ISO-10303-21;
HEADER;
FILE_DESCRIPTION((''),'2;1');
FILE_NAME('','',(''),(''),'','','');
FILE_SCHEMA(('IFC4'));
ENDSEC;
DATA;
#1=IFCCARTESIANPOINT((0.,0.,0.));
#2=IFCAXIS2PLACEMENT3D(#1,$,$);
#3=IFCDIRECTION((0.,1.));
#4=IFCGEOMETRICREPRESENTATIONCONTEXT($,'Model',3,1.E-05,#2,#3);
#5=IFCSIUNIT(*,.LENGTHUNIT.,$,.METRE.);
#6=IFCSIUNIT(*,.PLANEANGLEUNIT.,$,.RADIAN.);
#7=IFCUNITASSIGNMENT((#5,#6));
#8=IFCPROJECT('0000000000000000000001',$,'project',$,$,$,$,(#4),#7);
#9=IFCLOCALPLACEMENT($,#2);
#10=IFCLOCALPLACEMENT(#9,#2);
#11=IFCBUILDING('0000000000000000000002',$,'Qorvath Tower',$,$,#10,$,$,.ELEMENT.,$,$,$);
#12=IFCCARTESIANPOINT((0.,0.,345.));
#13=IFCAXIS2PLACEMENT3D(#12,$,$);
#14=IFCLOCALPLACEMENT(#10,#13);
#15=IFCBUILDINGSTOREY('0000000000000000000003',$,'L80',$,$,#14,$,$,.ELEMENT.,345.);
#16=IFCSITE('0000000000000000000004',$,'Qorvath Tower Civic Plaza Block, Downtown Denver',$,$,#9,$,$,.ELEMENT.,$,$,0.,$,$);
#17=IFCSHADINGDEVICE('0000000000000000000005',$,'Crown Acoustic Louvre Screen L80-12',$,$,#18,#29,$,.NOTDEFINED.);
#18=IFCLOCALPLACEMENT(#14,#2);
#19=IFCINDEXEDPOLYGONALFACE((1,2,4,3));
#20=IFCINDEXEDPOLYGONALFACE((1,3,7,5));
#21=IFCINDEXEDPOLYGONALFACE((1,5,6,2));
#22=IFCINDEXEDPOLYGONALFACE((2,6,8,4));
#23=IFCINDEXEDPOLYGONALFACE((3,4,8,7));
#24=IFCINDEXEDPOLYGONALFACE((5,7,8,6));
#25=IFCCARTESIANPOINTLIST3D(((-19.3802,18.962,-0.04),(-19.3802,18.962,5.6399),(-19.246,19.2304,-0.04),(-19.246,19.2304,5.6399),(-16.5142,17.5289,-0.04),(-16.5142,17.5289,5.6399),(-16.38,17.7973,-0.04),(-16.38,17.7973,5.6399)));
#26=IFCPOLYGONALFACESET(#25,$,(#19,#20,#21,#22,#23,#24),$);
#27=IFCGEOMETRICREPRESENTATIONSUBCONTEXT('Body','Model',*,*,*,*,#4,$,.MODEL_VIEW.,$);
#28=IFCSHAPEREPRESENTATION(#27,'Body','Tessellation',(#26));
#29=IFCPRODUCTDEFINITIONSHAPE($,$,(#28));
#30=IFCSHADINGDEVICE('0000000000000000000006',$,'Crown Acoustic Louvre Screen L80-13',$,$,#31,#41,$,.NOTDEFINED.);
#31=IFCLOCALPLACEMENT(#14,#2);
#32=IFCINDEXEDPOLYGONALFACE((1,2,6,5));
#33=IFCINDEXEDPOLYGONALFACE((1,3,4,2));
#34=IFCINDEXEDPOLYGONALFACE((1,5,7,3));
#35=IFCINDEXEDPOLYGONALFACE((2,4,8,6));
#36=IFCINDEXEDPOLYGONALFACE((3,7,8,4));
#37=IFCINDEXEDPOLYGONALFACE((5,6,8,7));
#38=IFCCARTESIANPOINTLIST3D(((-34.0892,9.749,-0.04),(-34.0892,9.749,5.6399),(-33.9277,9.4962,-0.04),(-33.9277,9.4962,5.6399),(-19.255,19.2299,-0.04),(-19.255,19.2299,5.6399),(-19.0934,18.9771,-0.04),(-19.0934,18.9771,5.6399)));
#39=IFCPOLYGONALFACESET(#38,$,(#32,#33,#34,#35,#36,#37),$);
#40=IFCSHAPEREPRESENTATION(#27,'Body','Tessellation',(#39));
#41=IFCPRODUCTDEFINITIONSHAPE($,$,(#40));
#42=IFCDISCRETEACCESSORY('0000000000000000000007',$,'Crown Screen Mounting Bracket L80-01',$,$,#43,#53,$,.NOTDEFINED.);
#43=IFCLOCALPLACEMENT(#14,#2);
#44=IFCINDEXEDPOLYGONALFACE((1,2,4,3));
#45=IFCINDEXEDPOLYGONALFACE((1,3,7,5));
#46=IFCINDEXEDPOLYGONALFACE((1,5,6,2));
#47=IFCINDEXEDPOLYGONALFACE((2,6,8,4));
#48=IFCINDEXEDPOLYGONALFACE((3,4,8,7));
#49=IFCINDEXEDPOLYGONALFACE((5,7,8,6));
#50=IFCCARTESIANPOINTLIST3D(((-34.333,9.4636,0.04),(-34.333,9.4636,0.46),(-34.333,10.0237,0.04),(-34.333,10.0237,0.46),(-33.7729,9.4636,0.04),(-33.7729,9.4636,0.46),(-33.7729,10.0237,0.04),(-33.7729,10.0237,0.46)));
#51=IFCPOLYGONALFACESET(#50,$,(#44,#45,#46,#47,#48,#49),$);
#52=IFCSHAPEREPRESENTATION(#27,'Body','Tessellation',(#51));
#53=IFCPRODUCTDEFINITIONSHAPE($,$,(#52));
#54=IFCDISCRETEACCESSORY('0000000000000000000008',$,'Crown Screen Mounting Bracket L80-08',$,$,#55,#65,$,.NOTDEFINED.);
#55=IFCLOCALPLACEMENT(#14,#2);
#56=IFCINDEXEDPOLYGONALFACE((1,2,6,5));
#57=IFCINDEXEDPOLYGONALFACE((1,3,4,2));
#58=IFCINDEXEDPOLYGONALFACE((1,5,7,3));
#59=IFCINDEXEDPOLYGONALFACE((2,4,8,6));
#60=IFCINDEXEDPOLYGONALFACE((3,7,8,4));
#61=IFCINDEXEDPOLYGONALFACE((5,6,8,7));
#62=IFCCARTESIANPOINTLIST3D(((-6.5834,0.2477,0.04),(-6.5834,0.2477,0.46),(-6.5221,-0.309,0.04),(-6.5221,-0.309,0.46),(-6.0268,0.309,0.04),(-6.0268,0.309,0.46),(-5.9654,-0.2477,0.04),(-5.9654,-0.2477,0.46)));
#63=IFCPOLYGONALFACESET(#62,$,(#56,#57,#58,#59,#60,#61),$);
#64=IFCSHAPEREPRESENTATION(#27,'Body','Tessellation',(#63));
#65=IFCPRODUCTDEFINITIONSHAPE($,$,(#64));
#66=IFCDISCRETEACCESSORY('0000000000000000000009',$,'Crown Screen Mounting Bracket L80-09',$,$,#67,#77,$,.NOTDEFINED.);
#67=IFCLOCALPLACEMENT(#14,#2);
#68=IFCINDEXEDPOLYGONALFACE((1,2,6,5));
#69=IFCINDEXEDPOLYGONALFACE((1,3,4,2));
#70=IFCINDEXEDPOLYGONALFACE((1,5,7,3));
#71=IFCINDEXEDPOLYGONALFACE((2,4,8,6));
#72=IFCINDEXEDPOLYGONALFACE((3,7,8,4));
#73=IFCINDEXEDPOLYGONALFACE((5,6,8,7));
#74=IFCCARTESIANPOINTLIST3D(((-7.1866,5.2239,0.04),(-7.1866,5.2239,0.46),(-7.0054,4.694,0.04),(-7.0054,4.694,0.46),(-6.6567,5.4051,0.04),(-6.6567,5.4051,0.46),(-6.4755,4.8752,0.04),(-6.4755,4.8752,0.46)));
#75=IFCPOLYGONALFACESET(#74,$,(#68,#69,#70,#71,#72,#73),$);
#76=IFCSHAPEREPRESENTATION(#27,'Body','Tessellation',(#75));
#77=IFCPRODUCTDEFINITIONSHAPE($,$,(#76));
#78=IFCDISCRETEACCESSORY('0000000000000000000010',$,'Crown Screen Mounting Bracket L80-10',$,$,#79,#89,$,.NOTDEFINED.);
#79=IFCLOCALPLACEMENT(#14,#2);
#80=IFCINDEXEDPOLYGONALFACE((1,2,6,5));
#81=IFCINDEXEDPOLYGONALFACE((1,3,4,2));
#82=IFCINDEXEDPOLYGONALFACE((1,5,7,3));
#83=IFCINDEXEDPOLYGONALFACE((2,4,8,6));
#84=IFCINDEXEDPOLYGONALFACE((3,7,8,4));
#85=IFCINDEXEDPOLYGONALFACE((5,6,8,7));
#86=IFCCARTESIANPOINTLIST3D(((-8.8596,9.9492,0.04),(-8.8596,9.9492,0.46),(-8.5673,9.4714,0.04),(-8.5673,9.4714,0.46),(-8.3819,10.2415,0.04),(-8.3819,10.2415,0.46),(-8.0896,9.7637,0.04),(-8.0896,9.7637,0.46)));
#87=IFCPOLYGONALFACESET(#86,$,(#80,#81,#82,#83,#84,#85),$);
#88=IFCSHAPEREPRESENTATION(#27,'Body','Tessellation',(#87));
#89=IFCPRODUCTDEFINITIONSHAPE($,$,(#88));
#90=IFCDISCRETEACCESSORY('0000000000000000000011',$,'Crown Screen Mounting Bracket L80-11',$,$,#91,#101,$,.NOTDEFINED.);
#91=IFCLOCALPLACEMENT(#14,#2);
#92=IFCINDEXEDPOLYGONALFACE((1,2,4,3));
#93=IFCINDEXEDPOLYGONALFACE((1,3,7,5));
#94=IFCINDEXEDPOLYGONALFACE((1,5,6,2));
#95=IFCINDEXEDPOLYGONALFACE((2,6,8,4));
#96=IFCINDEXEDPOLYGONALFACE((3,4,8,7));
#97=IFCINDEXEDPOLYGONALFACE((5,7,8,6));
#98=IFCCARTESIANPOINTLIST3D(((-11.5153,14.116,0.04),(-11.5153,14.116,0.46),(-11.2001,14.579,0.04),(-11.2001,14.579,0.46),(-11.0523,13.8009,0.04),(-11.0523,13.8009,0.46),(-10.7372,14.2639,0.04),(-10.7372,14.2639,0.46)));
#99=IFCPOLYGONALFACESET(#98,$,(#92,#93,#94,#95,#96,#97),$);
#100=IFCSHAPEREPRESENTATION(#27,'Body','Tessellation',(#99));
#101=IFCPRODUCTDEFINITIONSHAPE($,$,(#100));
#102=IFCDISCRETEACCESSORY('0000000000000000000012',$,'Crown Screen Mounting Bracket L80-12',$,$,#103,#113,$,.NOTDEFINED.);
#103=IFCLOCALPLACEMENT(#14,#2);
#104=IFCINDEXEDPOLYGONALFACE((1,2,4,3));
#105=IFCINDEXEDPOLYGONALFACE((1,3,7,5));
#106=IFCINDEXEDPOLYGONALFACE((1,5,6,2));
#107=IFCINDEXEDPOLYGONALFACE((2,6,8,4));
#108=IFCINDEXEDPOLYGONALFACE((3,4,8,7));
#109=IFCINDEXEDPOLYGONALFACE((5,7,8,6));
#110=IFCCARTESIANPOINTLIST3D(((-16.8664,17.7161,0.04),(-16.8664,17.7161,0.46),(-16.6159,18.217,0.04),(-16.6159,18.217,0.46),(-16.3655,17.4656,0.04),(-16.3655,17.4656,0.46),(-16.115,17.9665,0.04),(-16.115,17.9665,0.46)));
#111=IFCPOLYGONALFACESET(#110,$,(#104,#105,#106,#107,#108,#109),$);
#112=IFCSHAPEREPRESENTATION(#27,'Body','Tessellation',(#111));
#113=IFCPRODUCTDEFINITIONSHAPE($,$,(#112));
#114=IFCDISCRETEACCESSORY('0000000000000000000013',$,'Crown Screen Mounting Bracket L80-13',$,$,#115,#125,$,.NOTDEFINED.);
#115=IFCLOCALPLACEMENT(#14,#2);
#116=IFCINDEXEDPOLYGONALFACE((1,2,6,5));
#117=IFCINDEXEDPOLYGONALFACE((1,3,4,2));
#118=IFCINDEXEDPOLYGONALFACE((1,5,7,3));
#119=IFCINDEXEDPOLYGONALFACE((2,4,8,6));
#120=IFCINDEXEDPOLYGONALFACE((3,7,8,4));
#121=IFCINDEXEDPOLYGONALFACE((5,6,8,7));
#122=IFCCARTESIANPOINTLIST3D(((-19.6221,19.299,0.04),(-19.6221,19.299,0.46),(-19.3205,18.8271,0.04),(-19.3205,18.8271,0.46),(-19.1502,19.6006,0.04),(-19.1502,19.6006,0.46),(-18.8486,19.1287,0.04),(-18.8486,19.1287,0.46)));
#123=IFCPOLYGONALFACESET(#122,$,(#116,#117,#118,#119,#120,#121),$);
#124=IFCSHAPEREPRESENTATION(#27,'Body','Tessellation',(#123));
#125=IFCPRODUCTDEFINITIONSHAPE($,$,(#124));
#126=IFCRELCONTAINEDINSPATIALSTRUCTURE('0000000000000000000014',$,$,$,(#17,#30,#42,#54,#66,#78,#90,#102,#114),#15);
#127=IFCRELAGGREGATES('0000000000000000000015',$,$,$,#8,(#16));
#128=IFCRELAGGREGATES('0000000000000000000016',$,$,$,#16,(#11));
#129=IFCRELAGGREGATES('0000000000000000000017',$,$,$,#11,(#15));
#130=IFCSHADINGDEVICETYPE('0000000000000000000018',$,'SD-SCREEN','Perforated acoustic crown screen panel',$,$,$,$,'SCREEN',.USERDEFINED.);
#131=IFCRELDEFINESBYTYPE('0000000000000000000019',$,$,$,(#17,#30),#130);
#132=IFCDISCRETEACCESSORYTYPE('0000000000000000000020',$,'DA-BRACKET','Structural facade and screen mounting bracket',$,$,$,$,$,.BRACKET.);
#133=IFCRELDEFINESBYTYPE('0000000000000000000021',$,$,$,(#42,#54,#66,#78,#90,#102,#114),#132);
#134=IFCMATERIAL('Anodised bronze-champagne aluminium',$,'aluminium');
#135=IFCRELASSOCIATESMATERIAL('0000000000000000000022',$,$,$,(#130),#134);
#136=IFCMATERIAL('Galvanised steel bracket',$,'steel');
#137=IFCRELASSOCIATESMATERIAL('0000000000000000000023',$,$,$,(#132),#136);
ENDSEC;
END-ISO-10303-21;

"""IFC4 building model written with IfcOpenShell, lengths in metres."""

from ifc_helpers import new_model, si_unit, direction, frame, origin, origin_2d, place, context, subcontext, project, spatial, rectangle, extrude, material, type_object, element, save


model = new_model("IFC4")

# Units and contexts
model_context = context("Model", 3, precision=1e-05, world=origin(), true_north=direction((0.0, 1.0)))
body_context = subcontext(model_context, "Body", "Model", "MODEL_VIEW")
ifc_project = project(units=[si_unit("LENGTHUNIT", "METRE"), si_unit("PLANEANGLEUNIT", "RADIAN")], contexts=[model_context])

# Site, building, storey
site_placement = place(None, origin())
site = spatial("IfcSite", under=ifc_project, at=site_placement, Name="Qorvath Tower Civic Plaza Block, Downtown Denver", CompositionType="ELEMENT", RefElevation=0.0)
building_placement = place(site_placement, origin())
building = spatial("IfcBuilding", under=site, at=building_placement, Name="Qorvath Tower", CompositionType="ELEMENT")
storey_placement = place(building_placement, frame((0.0, 0.0, 345.0)))
storey = spatial("IfcBuildingStorey", under=building, at=storey_placement, Name="L80", CompositionType="ELEMENT", Elevation=345.0)

# Shading devices
ifc_material_1 = material(Name="Anodised bronze-champagne aluminium", Category="aluminium")
shading_device_type = type_object("IfcShadingDeviceType", Name="SD-SCREEN", Description="Perforated acoustic crown screen panel", ElementType="SCREEN", PredefinedType="USERDEFINED", material=ifc_material_1)
shading_device_1_placement = place(storey_placement, frame((-17.8801, 18.3796, -0.04), z_axis=(0.0, 0.0, 1.0), x_axis=(-0.894421, 0.447227, 0.0)))
element("IfcShadingDevice", 1, at=shading_device_1_placement, inside=storey, type_object=shading_device_type, Name="Crown Acoustic Louvre Screen L80-12", PredefinedType="NOTDEFINED", context=body_context, shape_type="SweptSolid", body=[
    extrude(rectangle(XDim=3.2043, YDim=0.3, at=origin_2d()), origin(), (0.0, 0.0, 1.0), 5.6799),
])
shading_device_2_placement = place(storey_placement, frame((-26.5913, 14.363, -0.04), z_axis=(0.0, 0.0, 1.0), x_axis=(-0.842608, -0.538528, 0.0)))
element("IfcShadingDevice", 2, at=shading_device_2_placement, inside=storey, type_object=shading_device_type, Name="Crown Acoustic Louvre Screen L80-13", PredefinedType="NOTDEFINED", context=body_context, shape_type="SweptSolid", body=[
    extrude(rectangle(XDim=17.6052, YDim=0.3, at=origin_2d()), origin(), (0.0, 0.0, 1.0), 5.6799),
])

# Discrete accessories
ifc_material_2 = material(Name="Galvanised steel bracket", Category="steel")
discrete_accessory_type = type_object("IfcDiscreteAccessoryType", Name="DA-BRACKET", Description="Structural facade and screen mounting bracket", PredefinedType="BRACKET", material=ifc_material_2)
for number, where, z_axis, x_axis, name in (
    (3, (-34.053, 9.7437, 0.04), (0.0, 0.0, 1.0), (0.0, -1.0, 0.0), "Crown Screen Mounting Bracket L80-01"),
    (4, (-6.2744, 0.0, 0.04), (0.0, 0.0, 1.0), (-0.10957, 0.993979, 0.0), "Crown Screen Mounting Bracket L80-08"),
    (5, (-6.8311, 5.0496, 0.04), (0.0, 0.0, 1.0), (-0.323577, 0.946202, 0.0), "Crown Screen Mounting Bracket L80-09"),
    (6, (-8.4746, 9.8564, 0.04), (0.0, 0.0, 1.0), (-0.521909, 0.853001, 0.0), "Crown Screen Mounting Bracket L80-10"),
    (7, (-11.1262, 14.1899, 0.04), (0.0, 0.0, 1.0), (-0.826666, 0.562692, 0.0), "Crown Screen Mounting Bracket L80-11"),
    (8, (-16.4907, 17.8413, 0.04), (0.0, 0.0, 1.0), (-0.894421, 0.447227, 0.0), "Crown Screen Mounting Bracket L80-12"),
    (9, (-19.2354, 19.2139, 0.04), (0.0, 0.0, 1.0), (-0.842608, -0.538528, 0.0), "Crown Screen Mounting Bracket L80-13"),
):
    element("IfcDiscreteAccessory", number, at=place(storey_placement, frame(where, z_axis=z_axis, x_axis=x_axis)), inside=storey, type_object=discrete_accessory_type, Name=name, PredefinedType="NOTDEFINED", context=body_context, shape_type="SweptSolid", body=[
        extrude(rectangle(XDim=0.5601, YDim=0.5601, at=origin_2d()), origin(), (0.0, 0.0, 1.0), 0.4199),
    ])

save(model, "model.ifc")
